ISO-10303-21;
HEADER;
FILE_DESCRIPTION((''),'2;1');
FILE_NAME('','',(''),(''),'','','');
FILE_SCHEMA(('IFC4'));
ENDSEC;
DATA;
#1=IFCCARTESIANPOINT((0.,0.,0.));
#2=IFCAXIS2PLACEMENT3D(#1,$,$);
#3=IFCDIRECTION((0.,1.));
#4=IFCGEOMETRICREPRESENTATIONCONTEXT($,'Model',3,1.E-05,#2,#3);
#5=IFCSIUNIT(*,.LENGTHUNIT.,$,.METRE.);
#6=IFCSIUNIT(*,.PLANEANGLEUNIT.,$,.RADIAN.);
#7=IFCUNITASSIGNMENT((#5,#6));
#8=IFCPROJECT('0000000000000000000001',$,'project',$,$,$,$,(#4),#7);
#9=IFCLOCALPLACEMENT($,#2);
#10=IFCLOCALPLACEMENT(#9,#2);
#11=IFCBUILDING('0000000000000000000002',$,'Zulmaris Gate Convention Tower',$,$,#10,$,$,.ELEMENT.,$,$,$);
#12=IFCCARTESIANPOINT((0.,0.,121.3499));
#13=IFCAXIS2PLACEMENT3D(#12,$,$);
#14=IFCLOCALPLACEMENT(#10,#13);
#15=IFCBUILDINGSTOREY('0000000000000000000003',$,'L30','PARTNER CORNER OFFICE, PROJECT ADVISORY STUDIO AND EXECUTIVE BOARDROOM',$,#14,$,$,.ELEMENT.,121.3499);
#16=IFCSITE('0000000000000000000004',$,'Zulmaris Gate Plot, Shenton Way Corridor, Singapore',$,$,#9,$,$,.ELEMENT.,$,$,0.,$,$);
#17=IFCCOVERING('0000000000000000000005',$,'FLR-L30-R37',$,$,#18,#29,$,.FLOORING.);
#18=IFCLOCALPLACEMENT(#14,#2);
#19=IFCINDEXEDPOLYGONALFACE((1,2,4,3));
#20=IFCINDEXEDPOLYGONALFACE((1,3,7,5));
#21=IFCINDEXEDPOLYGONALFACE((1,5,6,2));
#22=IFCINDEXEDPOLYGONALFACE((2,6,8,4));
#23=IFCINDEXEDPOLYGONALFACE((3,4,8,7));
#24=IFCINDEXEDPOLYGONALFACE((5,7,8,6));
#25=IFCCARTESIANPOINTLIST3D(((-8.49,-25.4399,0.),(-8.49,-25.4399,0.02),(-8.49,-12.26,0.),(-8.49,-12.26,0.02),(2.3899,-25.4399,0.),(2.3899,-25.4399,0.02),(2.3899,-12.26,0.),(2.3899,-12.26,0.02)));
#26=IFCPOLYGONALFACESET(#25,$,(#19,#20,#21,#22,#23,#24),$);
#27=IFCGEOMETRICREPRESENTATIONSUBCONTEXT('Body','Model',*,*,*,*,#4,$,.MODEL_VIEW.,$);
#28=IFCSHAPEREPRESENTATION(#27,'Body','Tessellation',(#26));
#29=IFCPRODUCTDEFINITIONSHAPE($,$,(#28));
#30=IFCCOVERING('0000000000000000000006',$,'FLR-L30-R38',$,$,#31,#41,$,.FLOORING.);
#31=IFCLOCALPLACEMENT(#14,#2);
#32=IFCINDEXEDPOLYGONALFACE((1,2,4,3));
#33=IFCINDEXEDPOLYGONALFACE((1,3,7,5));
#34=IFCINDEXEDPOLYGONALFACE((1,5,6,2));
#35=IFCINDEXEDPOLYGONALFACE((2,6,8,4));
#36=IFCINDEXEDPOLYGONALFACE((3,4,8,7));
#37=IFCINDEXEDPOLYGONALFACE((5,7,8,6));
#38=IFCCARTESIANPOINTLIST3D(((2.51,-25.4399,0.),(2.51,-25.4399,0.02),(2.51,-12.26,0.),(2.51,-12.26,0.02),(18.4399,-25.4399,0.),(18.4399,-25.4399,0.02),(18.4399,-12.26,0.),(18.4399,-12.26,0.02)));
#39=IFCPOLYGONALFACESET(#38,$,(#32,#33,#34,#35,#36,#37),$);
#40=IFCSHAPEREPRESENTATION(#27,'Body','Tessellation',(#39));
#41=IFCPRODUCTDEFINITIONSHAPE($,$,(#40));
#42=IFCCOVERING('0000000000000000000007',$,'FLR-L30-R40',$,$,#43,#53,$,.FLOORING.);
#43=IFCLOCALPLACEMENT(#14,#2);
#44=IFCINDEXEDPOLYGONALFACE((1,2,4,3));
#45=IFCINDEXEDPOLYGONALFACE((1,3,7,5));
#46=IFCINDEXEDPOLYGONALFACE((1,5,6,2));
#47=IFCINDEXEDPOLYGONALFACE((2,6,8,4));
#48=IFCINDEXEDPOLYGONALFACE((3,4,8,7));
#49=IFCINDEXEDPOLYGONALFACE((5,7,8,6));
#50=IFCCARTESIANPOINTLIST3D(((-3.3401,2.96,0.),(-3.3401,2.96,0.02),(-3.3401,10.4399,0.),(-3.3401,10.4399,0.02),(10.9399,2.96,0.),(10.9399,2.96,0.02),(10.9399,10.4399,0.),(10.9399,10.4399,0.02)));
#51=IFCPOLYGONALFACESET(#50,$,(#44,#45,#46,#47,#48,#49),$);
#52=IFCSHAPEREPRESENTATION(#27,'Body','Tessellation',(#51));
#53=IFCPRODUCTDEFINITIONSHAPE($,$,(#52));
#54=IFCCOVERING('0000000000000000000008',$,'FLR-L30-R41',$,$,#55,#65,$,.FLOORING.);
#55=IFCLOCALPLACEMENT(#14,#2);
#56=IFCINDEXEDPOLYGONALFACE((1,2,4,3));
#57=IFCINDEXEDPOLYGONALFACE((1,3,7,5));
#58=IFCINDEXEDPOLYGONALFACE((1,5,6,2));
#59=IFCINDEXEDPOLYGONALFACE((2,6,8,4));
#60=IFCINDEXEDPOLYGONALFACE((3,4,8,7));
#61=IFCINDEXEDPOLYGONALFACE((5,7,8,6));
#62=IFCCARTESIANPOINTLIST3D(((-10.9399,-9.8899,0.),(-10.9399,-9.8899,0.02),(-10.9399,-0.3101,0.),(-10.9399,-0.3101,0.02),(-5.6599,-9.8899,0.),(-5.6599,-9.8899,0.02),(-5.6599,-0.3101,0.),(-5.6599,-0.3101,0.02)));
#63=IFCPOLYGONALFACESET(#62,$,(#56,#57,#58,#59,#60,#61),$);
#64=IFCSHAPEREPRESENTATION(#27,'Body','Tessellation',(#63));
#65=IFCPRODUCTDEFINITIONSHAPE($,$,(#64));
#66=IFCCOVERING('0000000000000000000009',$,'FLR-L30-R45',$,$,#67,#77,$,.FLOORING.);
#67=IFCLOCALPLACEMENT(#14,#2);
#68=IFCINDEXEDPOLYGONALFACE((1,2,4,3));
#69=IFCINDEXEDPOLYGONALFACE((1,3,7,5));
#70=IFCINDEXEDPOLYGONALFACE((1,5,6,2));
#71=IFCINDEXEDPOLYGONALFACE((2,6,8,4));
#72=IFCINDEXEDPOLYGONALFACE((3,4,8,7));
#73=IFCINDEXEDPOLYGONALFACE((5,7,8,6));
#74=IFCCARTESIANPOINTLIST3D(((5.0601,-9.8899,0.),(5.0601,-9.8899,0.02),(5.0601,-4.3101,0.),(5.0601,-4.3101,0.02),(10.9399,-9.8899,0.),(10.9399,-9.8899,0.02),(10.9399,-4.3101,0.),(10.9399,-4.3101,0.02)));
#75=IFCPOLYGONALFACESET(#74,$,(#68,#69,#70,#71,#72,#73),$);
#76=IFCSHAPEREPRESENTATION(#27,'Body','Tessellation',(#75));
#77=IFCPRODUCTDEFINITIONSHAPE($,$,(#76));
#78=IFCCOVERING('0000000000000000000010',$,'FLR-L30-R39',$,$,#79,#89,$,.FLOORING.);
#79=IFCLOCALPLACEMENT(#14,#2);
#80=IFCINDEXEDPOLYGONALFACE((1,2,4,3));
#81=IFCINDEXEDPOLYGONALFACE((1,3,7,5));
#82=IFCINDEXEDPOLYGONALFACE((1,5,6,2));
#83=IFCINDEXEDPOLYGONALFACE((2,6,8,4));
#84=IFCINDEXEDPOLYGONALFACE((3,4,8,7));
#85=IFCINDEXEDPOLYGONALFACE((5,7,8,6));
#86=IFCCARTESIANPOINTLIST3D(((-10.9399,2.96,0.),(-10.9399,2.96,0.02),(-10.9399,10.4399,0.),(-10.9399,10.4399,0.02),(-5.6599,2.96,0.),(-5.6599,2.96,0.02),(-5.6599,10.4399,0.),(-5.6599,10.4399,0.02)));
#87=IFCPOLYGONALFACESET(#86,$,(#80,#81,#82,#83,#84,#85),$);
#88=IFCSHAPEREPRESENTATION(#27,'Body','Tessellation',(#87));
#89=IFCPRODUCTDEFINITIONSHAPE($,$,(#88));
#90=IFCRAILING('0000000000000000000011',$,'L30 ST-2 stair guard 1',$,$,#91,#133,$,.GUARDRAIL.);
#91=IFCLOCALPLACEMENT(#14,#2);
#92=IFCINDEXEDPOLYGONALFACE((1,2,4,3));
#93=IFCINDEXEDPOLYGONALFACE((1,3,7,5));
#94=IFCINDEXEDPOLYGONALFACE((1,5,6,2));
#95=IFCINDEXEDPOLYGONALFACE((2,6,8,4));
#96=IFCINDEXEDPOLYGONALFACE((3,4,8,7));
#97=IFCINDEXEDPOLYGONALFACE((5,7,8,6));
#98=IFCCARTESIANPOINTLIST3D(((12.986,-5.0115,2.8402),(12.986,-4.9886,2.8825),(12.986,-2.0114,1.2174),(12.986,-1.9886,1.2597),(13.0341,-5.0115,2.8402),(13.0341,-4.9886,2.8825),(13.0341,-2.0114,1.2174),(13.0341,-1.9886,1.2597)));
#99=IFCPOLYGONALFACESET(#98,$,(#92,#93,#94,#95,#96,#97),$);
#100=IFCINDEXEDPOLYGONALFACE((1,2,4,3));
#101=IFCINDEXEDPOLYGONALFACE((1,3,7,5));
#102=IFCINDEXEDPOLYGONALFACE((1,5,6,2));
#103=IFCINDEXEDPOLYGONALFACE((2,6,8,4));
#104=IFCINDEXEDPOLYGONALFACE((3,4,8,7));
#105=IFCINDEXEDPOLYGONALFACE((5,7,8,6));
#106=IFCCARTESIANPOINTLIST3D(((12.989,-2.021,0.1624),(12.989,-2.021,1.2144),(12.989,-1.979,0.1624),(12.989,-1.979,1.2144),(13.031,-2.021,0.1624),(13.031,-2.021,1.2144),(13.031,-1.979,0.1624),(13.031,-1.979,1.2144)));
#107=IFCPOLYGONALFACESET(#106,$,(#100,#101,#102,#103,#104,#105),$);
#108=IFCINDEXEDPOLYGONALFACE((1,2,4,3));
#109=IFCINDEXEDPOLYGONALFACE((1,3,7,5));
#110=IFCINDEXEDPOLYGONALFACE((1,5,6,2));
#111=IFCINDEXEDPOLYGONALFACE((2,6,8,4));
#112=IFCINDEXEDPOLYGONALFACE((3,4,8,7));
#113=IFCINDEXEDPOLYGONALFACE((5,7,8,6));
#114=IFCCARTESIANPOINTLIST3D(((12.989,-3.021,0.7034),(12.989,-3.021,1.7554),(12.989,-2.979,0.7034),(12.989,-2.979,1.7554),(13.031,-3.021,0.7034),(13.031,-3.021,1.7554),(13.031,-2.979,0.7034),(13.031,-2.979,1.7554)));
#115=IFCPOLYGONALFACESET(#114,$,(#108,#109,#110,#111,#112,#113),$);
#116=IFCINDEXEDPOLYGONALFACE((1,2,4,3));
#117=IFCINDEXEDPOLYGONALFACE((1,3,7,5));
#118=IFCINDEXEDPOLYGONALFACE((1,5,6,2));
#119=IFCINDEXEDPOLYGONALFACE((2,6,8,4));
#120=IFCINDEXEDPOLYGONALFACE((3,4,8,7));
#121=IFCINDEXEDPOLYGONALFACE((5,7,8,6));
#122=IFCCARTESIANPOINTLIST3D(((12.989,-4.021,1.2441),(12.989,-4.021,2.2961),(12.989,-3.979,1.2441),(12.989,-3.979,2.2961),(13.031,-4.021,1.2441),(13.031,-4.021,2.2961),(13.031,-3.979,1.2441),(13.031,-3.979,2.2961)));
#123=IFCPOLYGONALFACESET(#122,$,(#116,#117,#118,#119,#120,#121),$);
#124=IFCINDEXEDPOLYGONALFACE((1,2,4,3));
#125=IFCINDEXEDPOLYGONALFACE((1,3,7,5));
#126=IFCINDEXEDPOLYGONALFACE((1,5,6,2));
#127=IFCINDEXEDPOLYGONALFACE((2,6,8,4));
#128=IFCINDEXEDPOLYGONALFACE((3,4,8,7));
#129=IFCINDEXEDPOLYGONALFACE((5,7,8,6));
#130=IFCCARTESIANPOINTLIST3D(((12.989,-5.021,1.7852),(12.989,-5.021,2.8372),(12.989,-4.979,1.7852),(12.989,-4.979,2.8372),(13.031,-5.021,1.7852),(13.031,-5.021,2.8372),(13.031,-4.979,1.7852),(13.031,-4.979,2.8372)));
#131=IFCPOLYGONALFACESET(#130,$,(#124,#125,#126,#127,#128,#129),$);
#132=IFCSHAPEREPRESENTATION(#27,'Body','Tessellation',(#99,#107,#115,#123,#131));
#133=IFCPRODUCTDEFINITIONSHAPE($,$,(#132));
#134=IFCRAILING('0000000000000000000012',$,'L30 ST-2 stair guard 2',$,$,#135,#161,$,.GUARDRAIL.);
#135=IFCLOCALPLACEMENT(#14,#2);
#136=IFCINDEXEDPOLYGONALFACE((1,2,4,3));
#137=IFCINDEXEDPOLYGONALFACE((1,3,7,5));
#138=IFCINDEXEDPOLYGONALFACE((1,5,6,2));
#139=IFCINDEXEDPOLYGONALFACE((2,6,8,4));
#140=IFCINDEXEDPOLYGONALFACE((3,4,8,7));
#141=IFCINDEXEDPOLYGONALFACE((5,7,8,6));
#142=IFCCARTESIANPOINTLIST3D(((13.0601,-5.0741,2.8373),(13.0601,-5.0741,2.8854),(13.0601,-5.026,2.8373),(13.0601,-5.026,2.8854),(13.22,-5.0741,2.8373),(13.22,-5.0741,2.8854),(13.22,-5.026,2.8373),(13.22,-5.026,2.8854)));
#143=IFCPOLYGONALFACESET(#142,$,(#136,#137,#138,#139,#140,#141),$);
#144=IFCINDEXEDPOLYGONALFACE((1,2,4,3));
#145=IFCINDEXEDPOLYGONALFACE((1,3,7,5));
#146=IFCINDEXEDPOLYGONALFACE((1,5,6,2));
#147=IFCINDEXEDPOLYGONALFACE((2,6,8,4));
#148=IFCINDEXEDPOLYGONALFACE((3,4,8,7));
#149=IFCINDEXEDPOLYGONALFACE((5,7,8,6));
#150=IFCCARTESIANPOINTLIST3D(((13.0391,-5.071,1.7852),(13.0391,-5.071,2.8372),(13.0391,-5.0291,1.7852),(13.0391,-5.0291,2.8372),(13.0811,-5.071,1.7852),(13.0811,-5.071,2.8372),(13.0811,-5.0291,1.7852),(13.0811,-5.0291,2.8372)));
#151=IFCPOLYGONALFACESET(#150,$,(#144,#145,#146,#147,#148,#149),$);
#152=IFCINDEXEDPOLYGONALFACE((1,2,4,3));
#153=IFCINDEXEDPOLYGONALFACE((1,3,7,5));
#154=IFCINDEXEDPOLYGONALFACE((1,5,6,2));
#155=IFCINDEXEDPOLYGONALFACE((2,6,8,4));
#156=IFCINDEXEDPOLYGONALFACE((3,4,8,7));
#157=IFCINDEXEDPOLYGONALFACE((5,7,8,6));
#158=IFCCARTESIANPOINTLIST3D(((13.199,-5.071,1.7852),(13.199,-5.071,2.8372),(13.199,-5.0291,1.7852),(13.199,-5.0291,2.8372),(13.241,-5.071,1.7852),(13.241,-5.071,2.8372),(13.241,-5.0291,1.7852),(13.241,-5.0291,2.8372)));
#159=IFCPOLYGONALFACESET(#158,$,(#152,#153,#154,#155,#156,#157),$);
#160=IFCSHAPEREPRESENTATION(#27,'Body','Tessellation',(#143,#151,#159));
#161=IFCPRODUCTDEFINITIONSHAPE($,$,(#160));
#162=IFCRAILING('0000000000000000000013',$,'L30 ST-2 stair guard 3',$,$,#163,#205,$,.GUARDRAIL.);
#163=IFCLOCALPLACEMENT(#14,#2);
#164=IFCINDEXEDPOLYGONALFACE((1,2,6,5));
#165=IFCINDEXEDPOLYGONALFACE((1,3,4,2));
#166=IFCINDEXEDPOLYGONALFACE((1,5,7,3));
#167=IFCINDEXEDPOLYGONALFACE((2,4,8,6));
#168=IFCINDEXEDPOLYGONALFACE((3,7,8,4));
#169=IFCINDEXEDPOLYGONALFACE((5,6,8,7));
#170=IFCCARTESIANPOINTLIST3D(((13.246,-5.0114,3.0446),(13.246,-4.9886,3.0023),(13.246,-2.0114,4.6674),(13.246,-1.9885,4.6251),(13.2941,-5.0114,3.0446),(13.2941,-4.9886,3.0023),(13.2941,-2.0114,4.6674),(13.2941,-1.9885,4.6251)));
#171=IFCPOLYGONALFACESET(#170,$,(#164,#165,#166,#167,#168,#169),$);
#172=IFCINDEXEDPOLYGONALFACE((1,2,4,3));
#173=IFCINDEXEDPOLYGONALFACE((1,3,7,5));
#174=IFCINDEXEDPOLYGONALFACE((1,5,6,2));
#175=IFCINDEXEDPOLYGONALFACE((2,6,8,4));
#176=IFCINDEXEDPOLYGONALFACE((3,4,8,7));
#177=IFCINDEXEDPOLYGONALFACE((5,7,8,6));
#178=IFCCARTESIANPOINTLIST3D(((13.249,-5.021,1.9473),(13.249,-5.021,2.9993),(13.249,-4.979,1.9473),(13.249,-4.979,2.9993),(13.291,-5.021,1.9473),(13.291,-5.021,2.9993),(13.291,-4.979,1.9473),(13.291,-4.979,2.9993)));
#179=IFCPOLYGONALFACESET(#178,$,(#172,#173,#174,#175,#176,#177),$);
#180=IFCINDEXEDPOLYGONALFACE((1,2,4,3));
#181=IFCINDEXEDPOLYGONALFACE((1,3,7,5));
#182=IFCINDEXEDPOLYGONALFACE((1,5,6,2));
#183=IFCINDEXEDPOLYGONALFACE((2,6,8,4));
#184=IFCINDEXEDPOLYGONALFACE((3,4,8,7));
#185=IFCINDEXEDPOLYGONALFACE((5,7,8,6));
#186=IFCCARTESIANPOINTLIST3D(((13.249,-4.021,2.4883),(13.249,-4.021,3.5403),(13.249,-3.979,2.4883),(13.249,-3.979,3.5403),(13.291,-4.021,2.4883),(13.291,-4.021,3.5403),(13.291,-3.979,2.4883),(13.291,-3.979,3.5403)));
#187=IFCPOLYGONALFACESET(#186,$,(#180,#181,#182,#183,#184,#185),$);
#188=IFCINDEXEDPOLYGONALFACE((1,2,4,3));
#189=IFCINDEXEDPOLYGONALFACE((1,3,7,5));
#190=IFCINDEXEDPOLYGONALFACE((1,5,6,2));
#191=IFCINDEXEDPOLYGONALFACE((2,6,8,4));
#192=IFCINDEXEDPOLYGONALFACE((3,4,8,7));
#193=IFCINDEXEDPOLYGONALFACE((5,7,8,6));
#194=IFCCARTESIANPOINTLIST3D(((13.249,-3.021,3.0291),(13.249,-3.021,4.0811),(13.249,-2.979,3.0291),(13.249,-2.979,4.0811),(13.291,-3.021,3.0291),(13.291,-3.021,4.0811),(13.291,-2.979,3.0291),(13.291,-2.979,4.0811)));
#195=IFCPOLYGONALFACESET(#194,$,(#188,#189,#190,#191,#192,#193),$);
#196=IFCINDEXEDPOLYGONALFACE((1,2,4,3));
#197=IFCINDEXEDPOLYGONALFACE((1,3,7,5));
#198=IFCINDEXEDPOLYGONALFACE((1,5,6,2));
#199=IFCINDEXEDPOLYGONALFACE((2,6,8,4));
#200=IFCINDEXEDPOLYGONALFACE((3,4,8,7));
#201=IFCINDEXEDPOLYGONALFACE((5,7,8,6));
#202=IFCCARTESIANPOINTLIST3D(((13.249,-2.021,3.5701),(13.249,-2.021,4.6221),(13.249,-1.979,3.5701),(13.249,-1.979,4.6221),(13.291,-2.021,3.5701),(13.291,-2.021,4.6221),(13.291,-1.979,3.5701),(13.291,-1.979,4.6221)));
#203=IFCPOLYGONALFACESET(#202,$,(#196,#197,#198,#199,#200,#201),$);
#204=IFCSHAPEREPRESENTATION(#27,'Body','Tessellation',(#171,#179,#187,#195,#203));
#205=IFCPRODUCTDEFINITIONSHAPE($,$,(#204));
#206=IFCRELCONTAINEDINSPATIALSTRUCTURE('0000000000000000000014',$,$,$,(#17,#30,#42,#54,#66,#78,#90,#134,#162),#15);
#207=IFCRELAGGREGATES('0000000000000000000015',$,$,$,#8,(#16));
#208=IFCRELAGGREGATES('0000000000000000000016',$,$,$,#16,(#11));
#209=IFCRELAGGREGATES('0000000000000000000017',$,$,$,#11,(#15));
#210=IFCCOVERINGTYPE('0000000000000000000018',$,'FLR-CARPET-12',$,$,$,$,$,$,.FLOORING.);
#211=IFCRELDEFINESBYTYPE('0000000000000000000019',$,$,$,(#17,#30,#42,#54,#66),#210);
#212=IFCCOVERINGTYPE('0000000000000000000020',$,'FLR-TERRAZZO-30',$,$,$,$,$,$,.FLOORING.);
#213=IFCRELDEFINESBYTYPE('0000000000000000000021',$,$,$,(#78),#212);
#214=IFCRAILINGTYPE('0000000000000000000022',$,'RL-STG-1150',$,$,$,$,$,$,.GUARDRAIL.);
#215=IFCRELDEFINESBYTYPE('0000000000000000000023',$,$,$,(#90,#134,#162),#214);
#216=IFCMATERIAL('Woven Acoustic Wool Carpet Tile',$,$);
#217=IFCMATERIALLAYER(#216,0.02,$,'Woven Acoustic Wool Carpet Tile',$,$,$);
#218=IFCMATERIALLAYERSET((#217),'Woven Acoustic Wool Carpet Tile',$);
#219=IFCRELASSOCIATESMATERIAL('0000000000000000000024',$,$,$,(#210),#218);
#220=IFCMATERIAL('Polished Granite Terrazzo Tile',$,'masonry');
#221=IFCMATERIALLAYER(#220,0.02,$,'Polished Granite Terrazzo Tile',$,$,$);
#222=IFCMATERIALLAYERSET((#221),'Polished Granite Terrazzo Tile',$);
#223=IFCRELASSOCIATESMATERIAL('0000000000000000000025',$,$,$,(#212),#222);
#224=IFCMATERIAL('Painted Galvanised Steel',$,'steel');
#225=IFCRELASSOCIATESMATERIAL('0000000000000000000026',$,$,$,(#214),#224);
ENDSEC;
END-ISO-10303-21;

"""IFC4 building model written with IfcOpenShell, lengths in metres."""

from ifc_helpers import new_model, si_unit, direction, frame, origin, origin_2d, place, context, subcontext, project, spatial, polyline, rectangle, outline, extrude, material, layer, layer_set, type_object, element, save


model = new_model("IFC4")

# Units and contexts
model_context = context("Model", 3, precision=1e-05, world=origin(), true_north=direction((0.0, 1.0)))
body_context = subcontext(model_context, "Body", "Model", "MODEL_VIEW")
ifc_project = project(units=[si_unit("LENGTHUNIT", "METRE"), si_unit("PLANEANGLEUNIT", "RADIAN")], contexts=[model_context])

# Site, building, storey
site_placement = place(None, origin())
site = spatial("IfcSite", under=ifc_project, at=site_placement, Name="Zulmaris Gate Plot, Shenton Way Corridor, Singapore", CompositionType="ELEMENT", RefElevation=0.0)
building_placement = place(site_placement, origin())
building = spatial("IfcBuilding", under=site, at=building_placement, Name="Zulmaris Gate Convention Tower", CompositionType="ELEMENT")
storey_placement = place(building_placement, frame((0.0, 0.0, 121.3499)))
storey = spatial("IfcBuildingStorey", under=building, at=storey_placement, Name="L30", Description="PARTNER CORNER OFFICE, PROJECT ADVISORY STUDIO AND EXECUTIVE BOARDROOM", CompositionType="ELEMENT", Elevation=121.3499)

# Coverings
ifc_material_1 = material(Name="Woven Acoustic Wool Carpet Tile")
ifc_layer_1 = layer(ifc_material_1, 0.02, Name="Woven Acoustic Wool Carpet Tile")
ifc_layer_set_1 = layer_set([ifc_layer_1], Name="Woven Acoustic Wool Carpet Tile")
covering_type_1 = type_object("IfcCoveringType", Name="FLR-CARPET-12", PredefinedType="FLOORING", material=ifc_layer_set_1)
covering_1_placement = place(storey_placement, origin())
element("IfcCovering", 1, at=covering_1_placement, inside=storey, type_object=covering_type_1, Name="FLR-L30-R37", PredefinedType="FLOORING", context=body_context, shape_type="SweptSolid", body=[
    extrude(outline(polyline([(-8.49, -25.4399), (2.3899, -25.4399), (2.3899, -12.26), (-8.49, -12.26), (-8.49, -25.4399)])), origin(), (0.0, 0.0, 1.0), 0.02),
])
covering_2_placement = place(storey_placement, origin())
element("IfcCovering", 2, at=covering_2_placement, inside=storey, type_object=covering_type_1, Name="FLR-L30-R38", PredefinedType="FLOORING", context=body_context, shape_type="SweptSolid", body=[
    extrude(outline(polyline([(2.51, -25.4399), (18.4399, -25.4399), (18.4399, -12.26), (2.51, -12.26), (2.51, -25.4399)])), origin(), (0.0, 0.0, 1.0), 0.02),
])
covering_3_placement = place(storey_placement, origin())
element("IfcCovering", 3, at=covering_3_placement, inside=storey, type_object=covering_type_1, Name="FLR-L30-R40", PredefinedType="FLOORING", context=body_context, shape_type="SweptSolid", body=[
    extrude(outline(polyline([(-3.3401, 2.96), (10.9399, 2.96), (10.9399, 10.4399), (-3.3401, 10.4399), (-3.3401, 2.96)])), origin(), (0.0, 0.0, 1.0), 0.02),
])
covering_4_placement = place(storey_placement, origin())
element("IfcCovering", 4, at=covering_4_placement, inside=storey, type_object=covering_type_1, Name="FLR-L30-R41", PredefinedType="FLOORING", context=body_context, shape_type="SweptSolid", body=[
    extrude(outline(polyline([(-10.9399, -9.8899), (-5.6599, -9.8899), (-5.6599, -0.3101), (-10.9399, -0.3101), (-10.9399, -9.8899)])), origin(), (0.0, 0.0, 1.0), 0.02),
])
covering_5_placement = place(storey_placement, origin())
element("IfcCovering", 5, at=covering_5_placement, inside=storey, type_object=covering_type_1, Name="FLR-L30-R45", PredefinedType="FLOORING", context=body_context, shape_type="SweptSolid", body=[
    extrude(outline(polyline([(5.0601, -9.8899), (10.9399, -9.8899), (10.9399, -4.3101), (5.0601, -4.3101), (5.0601, -9.8899)])), origin(), (0.0, 0.0, 1.0), 0.02),
])
ifc_material_2 = material(Name="Polished Granite Terrazzo Tile", Category="masonry")
ifc_layer_2 = layer(ifc_material_2, 0.02, Name="Polished Granite Terrazzo Tile")
ifc_layer_set_2 = layer_set([ifc_layer_2], Name="Polished Granite Terrazzo Tile")
covering_type_2 = type_object("IfcCoveringType", Name="FLR-TERRAZZO-30", PredefinedType="FLOORING", material=ifc_layer_set_2)
covering_6_placement = place(storey_placement, origin())
element("IfcCovering", 6, at=covering_6_placement, inside=storey, type_object=covering_type_2, Name="FLR-L30-R39", PredefinedType="FLOORING", context=body_context, shape_type="SweptSolid", body=[
    extrude(outline(polyline([(-10.9399, 2.96), (-5.6599, 2.96), (-5.6599, 10.4399), (-10.9399, 10.4399), (-10.9399, 2.96)])), origin(), (0.0, 0.0, 1.0), 0.02),
])

# Railings
ifc_material_3 = material(Name="Painted Galvanised Steel", Category="steel")
railing_type_1 = type_object("IfcRailingType", Name="RL-STG-1150", PredefinedType="GUARDRAIL", material=ifc_material_3)
railing_1_placement = place(storey_placement, frame((13.01, -2.0, 0.1624)))
element("IfcRailing", 7, at=railing_1_placement, inside=storey, type_object=railing_type_1, Name="L30 ST-2 stair guard 1", PredefinedType="GUARDRAIL", context=body_context, shape_type="SweptSolid", body=[
    extrude(rectangle(XDim=0.0481, YDim=0.0481, at=origin_2d()), frame((0.0, 0.0, 1.0762), z_axis=(0.0, -0.879562, 0.475785), x_axis=(1.0, 0.0, 0.0)), (0.0, 0.0, 1.0), 3.4109),
    extrude(rectangle(XDim=0.042, YDim=0.042, at=origin_2d()), origin(), (0.0, 0.0, 1.0), 1.052),
    extrude(rectangle(XDim=0.042, YDim=0.042, at=origin_2d()), frame((0.0, -1.0, 0.541)), (0.0, 0.0, 1.0), 1.052),
    extrude(rectangle(XDim=0.042, YDim=0.042, at=origin_2d()), frame((0.0, -2.0, 1.0818)), (0.0, 0.0, 1.0), 1.052),
    extrude(rectangle(XDim=0.042, YDim=0.042, at=origin_2d()), frame((0.0, -3.0, 1.6228)), (0.0, 0.0, 1.0), 1.052),
])
railing_2_placement = place(storey_placement, frame((13.0601, -5.05, 1.7852)))
element("IfcRailing", 8, at=railing_2_placement, inside=storey, type_object=railing_type_1, Name="L30 ST-2 stair guard 2", PredefinedType="GUARDRAIL", context=body_context, shape_type="SweptSolid", body=[
    extrude(rectangle(XDim=0.0481, YDim=0.0481, at=origin_2d()), frame((0.0, 0.0, 1.0762), z_axis=(1.0, 0.0, 0.0), x_axis=(0.0, 1.0, 0.0)), (0.0, 0.0, 1.0), 0.1599),
    extrude(rectangle(XDim=0.042, YDim=0.042, at=origin_2d()), origin(), (0.0, 0.0, 1.0), 1.052),
    extrude(rectangle(XDim=0.042, YDim=0.042, at=origin_2d()), frame((0.1599, 0.0, 0.0)), (0.0, 0.0, 1.0), 1.052),
])
railing_3_placement = place(storey_placement, frame((13.27, -5.0, 1.9473)))
element("IfcRailing", 9, at=railing_3_placement, inside=storey, type_object=railing_type_1, Name="L30 ST-2 stair guard 3", PredefinedType="GUARDRAIL", context=body_context, shape_type="SweptSolid", body=[
    extrude(rectangle(XDim=0.0481, YDim=0.0481, at=origin_2d()), frame((0.0, 0.0, 1.0762), z_axis=(0.0, 0.879562, 0.475785), x_axis=(-1.0, 0.0, 0.0)), (0.0, 0.0, 1.0), 3.4109),
    extrude(rectangle(XDim=0.042, YDim=0.042, at=origin_2d()), origin(), (0.0, 0.0, 1.0), 1.052),
    extrude(rectangle(XDim=0.042, YDim=0.042, at=origin_2d()), frame((0.0, 1.0, 0.541)), (0.0, 0.0, 1.0), 1.052),
    extrude(rectangle(XDim=0.042, YDim=0.042, at=origin_2d()), frame((0.0, 2.0, 1.0818)), (0.0, 0.0, 1.0), 1.052),
    extrude(rectangle(XDim=0.042, YDim=0.042, at=origin_2d()), frame((0.0, 3.0, 1.6228)), (0.0, 0.0, 1.0), 1.052),
])

save(model, "model.ifc")
